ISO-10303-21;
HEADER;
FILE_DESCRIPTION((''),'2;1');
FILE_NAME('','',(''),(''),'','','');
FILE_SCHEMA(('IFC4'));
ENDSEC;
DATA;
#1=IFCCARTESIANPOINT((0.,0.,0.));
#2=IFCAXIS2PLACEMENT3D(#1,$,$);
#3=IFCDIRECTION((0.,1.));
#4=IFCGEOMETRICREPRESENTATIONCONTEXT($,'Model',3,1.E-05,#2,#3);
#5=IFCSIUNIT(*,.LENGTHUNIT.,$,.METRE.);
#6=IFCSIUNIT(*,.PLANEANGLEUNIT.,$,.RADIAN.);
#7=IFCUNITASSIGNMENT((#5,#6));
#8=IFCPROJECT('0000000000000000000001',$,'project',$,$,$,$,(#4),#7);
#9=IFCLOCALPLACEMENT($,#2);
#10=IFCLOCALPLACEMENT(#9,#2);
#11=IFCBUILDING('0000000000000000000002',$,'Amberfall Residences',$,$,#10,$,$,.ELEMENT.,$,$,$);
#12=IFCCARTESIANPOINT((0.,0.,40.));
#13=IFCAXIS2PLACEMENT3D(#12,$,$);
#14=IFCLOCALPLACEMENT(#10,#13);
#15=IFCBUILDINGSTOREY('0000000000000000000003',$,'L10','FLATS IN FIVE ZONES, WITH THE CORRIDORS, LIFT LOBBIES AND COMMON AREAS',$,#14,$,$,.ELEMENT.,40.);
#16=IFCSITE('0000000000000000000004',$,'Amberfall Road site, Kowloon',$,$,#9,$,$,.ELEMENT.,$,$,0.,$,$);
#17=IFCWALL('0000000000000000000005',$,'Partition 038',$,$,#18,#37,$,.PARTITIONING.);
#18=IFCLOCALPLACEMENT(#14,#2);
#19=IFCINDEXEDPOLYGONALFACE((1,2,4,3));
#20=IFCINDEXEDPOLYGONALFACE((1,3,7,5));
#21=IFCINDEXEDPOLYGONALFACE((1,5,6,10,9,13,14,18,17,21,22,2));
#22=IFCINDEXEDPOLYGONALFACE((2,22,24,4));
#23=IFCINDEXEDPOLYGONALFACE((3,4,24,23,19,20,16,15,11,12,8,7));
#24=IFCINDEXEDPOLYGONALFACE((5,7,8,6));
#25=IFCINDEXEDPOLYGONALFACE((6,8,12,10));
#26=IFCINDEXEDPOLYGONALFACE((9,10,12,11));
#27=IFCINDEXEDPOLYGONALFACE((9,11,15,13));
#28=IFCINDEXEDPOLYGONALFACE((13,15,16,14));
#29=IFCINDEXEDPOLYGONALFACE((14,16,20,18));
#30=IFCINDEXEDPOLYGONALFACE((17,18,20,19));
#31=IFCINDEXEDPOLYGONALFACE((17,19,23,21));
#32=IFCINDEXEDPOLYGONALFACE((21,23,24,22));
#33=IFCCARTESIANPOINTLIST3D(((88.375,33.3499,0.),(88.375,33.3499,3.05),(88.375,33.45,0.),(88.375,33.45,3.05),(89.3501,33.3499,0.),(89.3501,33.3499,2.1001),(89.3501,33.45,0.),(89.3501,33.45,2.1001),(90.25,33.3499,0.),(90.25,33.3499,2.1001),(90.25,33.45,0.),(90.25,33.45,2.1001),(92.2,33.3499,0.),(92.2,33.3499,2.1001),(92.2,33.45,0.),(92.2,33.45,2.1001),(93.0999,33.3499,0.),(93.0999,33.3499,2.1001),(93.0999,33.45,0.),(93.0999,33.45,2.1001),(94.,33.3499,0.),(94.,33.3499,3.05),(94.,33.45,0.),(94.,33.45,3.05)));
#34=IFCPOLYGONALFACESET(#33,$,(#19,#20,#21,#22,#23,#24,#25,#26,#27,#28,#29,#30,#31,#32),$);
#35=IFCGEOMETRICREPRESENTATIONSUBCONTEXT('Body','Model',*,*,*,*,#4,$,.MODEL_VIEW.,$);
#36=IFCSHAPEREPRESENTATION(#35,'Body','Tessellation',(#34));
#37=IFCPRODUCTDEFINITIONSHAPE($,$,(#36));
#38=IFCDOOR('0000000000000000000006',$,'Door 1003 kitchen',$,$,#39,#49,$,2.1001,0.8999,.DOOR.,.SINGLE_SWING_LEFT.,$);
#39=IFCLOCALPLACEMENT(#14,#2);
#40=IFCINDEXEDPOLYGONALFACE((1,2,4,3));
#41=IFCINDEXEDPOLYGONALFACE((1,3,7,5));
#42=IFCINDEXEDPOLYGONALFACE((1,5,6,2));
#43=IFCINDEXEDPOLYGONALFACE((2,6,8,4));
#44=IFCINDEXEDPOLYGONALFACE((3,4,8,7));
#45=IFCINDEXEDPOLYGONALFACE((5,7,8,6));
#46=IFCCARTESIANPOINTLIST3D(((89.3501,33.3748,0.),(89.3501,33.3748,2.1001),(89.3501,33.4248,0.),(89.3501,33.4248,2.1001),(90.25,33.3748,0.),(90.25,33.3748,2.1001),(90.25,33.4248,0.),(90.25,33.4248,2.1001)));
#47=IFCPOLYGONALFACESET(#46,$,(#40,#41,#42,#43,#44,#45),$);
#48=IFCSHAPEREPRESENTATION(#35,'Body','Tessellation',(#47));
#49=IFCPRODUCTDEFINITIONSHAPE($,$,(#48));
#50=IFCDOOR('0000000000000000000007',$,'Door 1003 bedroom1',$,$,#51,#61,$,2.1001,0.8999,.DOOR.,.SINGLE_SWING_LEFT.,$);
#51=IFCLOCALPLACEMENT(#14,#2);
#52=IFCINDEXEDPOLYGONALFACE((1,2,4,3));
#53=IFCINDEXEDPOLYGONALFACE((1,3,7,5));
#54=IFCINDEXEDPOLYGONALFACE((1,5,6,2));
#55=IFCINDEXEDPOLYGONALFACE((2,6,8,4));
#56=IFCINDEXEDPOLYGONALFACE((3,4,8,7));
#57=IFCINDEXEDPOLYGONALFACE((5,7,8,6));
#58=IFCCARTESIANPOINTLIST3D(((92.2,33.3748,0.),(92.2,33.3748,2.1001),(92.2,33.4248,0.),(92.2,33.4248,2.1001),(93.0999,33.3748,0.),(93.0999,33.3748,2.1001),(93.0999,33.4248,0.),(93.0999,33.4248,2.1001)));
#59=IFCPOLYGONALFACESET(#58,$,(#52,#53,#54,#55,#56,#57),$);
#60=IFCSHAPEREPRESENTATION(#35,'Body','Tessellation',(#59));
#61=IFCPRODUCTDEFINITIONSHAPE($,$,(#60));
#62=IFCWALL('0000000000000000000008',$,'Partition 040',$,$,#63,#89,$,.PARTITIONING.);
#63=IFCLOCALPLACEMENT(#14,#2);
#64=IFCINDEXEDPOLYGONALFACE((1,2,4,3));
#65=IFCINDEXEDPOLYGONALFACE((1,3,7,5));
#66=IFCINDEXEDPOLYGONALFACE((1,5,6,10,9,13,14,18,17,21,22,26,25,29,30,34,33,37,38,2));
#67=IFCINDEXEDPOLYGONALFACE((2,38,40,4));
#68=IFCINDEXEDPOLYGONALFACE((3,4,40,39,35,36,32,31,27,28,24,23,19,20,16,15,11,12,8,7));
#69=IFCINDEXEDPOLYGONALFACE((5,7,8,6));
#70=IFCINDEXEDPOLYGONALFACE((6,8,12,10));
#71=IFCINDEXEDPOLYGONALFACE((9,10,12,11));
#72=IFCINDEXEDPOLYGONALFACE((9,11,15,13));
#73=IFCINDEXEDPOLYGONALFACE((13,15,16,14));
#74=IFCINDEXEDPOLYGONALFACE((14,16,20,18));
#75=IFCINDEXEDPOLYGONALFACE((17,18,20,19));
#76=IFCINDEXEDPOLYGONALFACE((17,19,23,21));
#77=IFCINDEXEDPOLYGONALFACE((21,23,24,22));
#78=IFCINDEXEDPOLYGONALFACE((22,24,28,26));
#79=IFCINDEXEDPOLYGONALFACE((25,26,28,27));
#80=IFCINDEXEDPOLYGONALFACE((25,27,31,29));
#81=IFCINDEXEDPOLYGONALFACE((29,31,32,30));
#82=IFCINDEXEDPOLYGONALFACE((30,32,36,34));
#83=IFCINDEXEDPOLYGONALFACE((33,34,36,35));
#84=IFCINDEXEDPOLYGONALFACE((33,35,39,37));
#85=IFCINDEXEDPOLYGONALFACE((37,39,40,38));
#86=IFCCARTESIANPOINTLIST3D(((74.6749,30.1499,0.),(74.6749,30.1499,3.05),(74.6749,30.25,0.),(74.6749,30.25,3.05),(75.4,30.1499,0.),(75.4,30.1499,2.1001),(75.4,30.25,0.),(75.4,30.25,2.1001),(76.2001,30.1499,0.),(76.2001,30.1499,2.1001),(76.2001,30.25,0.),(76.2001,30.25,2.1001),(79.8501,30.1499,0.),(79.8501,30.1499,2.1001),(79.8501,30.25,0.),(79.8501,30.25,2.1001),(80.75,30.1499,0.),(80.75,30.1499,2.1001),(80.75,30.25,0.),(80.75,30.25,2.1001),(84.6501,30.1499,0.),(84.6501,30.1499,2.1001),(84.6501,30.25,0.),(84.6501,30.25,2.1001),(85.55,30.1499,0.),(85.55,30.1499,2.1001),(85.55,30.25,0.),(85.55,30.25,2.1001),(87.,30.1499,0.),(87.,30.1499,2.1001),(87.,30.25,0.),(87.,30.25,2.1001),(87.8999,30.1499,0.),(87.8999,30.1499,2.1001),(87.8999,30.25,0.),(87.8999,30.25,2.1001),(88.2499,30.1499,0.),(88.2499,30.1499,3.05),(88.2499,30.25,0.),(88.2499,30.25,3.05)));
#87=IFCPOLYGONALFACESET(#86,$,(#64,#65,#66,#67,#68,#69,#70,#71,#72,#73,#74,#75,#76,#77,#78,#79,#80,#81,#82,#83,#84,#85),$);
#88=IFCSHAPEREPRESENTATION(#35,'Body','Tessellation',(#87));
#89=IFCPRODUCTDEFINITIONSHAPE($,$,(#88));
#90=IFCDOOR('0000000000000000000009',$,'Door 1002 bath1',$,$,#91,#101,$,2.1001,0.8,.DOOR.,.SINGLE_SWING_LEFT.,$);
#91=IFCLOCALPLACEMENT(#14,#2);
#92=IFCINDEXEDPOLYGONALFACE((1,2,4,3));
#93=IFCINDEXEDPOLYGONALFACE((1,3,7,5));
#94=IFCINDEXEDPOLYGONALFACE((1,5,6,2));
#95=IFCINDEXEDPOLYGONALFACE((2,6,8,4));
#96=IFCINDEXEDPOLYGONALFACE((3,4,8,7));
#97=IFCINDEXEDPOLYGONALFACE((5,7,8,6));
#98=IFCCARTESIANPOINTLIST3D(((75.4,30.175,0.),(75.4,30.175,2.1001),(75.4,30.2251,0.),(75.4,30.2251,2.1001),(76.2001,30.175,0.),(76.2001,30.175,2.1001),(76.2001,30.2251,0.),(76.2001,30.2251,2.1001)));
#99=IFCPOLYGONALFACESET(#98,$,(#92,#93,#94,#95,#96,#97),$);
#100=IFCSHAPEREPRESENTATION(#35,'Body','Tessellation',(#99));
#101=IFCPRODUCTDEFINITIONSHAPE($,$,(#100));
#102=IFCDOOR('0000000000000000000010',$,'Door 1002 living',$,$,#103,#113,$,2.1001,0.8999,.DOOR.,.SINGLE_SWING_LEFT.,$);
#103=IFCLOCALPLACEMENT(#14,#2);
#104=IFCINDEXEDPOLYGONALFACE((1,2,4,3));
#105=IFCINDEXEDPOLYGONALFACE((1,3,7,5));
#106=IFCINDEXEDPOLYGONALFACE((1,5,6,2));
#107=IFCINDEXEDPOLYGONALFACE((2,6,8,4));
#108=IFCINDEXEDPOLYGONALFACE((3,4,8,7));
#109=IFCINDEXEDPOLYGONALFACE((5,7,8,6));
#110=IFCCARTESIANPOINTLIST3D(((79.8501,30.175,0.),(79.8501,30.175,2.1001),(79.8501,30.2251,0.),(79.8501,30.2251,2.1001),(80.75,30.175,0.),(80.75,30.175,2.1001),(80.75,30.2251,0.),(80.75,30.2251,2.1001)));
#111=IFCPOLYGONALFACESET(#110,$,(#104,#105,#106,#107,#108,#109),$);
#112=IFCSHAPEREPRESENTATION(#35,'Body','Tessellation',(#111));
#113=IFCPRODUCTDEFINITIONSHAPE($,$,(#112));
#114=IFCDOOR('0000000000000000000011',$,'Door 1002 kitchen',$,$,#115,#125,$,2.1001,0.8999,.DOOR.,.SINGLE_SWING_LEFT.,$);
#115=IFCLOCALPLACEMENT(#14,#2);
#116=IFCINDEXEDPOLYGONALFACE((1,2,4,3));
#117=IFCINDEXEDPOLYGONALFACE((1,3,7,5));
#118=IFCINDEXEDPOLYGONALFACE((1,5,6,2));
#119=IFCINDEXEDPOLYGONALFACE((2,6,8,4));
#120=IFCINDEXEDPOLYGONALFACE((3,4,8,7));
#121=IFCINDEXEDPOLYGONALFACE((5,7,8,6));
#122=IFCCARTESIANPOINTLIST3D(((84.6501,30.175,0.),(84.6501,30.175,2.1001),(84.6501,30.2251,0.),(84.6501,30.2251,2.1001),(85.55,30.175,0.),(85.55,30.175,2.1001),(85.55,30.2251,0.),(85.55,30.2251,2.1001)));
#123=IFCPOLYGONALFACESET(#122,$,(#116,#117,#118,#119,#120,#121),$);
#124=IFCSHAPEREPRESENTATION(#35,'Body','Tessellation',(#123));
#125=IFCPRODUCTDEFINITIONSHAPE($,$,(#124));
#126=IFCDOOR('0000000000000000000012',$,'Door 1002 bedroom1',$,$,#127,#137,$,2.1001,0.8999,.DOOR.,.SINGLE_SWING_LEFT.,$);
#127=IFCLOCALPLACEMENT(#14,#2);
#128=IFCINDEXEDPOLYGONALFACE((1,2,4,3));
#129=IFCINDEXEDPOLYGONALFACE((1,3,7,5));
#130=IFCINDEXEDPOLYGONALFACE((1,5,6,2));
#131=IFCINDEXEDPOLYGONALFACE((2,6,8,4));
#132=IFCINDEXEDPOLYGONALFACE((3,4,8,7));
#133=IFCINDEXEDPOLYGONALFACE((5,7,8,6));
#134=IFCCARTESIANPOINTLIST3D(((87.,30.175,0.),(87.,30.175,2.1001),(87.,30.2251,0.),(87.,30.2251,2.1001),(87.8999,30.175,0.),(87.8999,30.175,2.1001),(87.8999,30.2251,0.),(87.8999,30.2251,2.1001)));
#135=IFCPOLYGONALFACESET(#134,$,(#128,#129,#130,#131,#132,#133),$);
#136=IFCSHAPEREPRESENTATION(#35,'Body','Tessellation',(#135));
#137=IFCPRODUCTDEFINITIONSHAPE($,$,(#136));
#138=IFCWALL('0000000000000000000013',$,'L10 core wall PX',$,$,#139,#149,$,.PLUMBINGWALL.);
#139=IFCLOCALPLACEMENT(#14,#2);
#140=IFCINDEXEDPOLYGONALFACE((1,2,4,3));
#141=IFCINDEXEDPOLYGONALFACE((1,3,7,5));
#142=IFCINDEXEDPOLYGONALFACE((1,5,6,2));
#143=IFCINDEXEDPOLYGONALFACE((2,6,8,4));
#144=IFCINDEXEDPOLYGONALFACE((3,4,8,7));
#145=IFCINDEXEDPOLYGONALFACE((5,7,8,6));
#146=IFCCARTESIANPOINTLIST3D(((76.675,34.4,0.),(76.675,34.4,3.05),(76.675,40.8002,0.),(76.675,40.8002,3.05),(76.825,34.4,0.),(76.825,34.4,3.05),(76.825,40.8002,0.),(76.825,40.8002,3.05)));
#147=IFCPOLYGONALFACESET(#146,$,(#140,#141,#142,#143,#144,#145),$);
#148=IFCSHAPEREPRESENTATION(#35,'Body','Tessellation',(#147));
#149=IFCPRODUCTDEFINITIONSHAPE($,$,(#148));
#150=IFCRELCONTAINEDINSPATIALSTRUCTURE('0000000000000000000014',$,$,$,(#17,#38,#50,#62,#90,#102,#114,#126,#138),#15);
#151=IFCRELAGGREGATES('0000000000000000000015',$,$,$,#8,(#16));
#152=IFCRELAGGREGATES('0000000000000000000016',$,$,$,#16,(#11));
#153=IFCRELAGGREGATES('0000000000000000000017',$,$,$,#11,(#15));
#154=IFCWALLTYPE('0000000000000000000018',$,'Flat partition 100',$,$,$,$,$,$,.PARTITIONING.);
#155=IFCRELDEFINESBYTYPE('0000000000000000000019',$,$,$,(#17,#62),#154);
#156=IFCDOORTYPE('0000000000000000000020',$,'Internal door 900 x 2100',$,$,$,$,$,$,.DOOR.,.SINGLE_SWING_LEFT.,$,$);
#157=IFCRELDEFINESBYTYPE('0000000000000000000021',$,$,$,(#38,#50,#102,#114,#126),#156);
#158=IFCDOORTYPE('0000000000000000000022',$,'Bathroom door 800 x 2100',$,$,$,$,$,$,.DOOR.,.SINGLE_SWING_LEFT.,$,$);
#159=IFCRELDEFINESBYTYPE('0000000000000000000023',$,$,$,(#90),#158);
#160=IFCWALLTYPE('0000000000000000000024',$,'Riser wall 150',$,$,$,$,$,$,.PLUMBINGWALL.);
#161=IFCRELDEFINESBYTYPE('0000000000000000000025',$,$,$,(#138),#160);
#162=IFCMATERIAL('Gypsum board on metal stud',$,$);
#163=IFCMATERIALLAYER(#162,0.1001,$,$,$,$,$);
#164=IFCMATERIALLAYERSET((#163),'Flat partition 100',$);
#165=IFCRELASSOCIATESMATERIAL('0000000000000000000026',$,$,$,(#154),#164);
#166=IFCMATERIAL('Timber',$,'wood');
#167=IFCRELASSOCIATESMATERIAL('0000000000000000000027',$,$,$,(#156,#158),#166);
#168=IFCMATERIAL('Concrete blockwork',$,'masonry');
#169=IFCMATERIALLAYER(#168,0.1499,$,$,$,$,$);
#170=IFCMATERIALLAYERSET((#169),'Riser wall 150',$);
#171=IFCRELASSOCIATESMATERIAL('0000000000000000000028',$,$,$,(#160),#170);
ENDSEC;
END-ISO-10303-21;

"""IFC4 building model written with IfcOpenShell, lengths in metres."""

from ifc_helpers import new_model, si_unit, direction, frame, frame_2d, origin, place, context, subcontext, project, spatial, rectangle, extrude, material, layer, layer_set, type_object, element, fill, save


model = new_model("IFC4")

# Units and contexts
model_context = context("Model", 3, precision=1e-05, world=origin(), true_north=direction((0.0, 1.0)))
body_context = subcontext(model_context, "Body", "Model", "MODEL_VIEW")
ifc_project = project(units=[si_unit("LENGTHUNIT", "METRE"), si_unit("PLANEANGLEUNIT", "RADIAN")], contexts=[model_context])

# Site, building, storey
site_placement = place(None, origin())
site = spatial("IfcSite", under=ifc_project, at=site_placement, Name="Amberfall Road site, Kowloon", CompositionType="ELEMENT", RefElevation=0.0)
building_placement = place(site_placement, origin())
building = spatial("IfcBuilding", under=site, at=building_placement, Name="Amberfall Residences", CompositionType="ELEMENT")
storey_placement = place(building_placement, frame((0.0, 0.0, 40.0)))
storey = spatial("IfcBuildingStorey", under=building, at=storey_placement, Name="L10", Description="FLATS IN FIVE ZONES, WITH THE CORRIDORS, LIFT LOBBIES AND COMMON AREAS", CompositionType="ELEMENT", Elevation=40.0)

# Shared definitions
ifc_material_1 = material(Name="Gypsum board on metal stud")
ifc_layer_1 = layer(ifc_material_1, 0.1001)
ifc_layer_set_1 = layer_set([ifc_layer_1], Name="Flat partition 100")
wall_type_1 = type_object("IfcWallType", Name="Flat partition 100", PredefinedType="PARTITIONING", material=ifc_layer_set_1)

# Walls, openings, doors
wall_1_placement = place(storey_placement, frame((88.375, 33.3999, 0.0), z_axis=(0.0, 0.0, 1.0), x_axis=(1.0, 0.0, 0.0)))
wall_1 = element("IfcWall", 1, at=wall_1_placement, inside=storey, type_object=wall_type_1, Name="Partition 038", PredefinedType="PARTITIONING", context=body_context, shape_type="SweptSolid", body=[
    extrude(rectangle(XDim=5.625, YDim=0.1001, at=frame_2d((2.8125, 0.0))), origin(), (0.0, 0.0, 1.0), 3.05),
])
opening_1_placement = place(wall_1_placement, frame((0.9751, 0.0, 0.0)))
opening_1 = element("IfcOpeningElement", 2, at=opening_1_placement, cuts=wall_1, PredefinedType="OPENING", context=body_context, shape_type="SweptSolid", body=[
    extrude(rectangle(XDim=0.8999, YDim=2.1001, at=frame_2d((0.45, 1.05))), frame((0.0, 0.0601, 0.0), z_axis=(0.0, -1.0, 0.0), x_axis=(1.0, 0.0, 0.0)), (0.0, 0.0, 1.0), 0.1201),
])
opening_2_placement = place(wall_1_placement, frame((3.825, 0.0, 0.0)))
opening_2 = element("IfcOpeningElement", 3, at=opening_2_placement, cuts=wall_1, PredefinedType="OPENING", context=body_context, shape_type="SweptSolid", body=[
    extrude(rectangle(XDim=0.8999, YDim=2.1001, at=frame_2d((0.45, 1.05))), frame((0.0, 0.0601, 0.0), z_axis=(0.0, -1.0, 0.0), x_axis=(1.0, 0.0, 0.0)), (0.0, 0.0, 1.0), 0.1201),
])
ifc_material_2 = material(Name="Timber", Category="wood")
door_type_1 = type_object("IfcDoorType", Name="Internal door 900 x 2100", OperationType="SINGLE_SWING_LEFT", PredefinedType="DOOR", material=ifc_material_2)
door_1_placement = place(opening_1_placement, origin())
door_1 = element("IfcDoor", 4, at=door_1_placement, inside=storey, type_object=door_type_1, Name="Door 1003 kitchen", OperationType="SINGLE_SWING_LEFT", OverallHeight=2.1001, OverallWidth=0.8999, PredefinedType="DOOR", context=body_context, shape_type="SweptSolid", body=[
    extrude(rectangle(XDim=0.8999, YDim=2.1001, at=frame_2d((0.45, 1.05))), frame((0.0, 0.0249, 0.0), z_axis=(0.0, -1.0, 0.0), x_axis=(1.0, 0.0, 0.0)), (0.0, 0.0, 1.0), 0.05),
])
fill(opening_1, door_1)
door_2_placement = place(opening_2_placement, origin())
door_2 = element("IfcDoor", 5, at=door_2_placement, inside=storey, type_object=door_type_1, Name="Door 1003 bedroom1", OperationType="SINGLE_SWING_LEFT", OverallHeight=2.1001, OverallWidth=0.8999, PredefinedType="DOOR", context=body_context, shape_type="SweptSolid", body=[
    extrude(rectangle(XDim=0.8999, YDim=2.1001, at=frame_2d((0.45, 1.05))), frame((0.0, 0.0249, 0.0), z_axis=(0.0, -1.0, 0.0), x_axis=(1.0, 0.0, 0.0)), (0.0, 0.0, 1.0), 0.05),
])
fill(opening_2, door_2)
wall_2_placement = place(storey_placement, frame((88.25, 30.2, 0.0), z_axis=(0.0, 0.0, 1.0), x_axis=(-1.0, 0.0, 0.0)))
wall_2 = element("IfcWall", 6, at=wall_2_placement, inside=storey, type_object=wall_type_1, Name="Partition 040", PredefinedType="PARTITIONING", context=body_context, shape_type="SweptSolid", body=[
    extrude(rectangle(XDim=13.575, YDim=0.1001, at=frame_2d((6.7876, 0.0))), origin(), (0.0, 0.0, 1.0), 3.05),
])
opening_3_placement = place(wall_2_placement, frame((7.5, 0.0, 0.0)))
opening_3 = element("IfcOpeningElement", 7, at=opening_3_placement, cuts=wall_2, PredefinedType="OPENING", context=body_context, shape_type="SweptSolid", body=[
    extrude(rectangle(XDim=0.8999, YDim=2.1001, at=frame_2d((0.45, 1.05))), frame((0.0, 0.0601, 0.0), z_axis=(0.0, -1.0, 0.0), x_axis=(1.0, 0.0, 0.0)), (0.0, 0.0, 1.0), 0.1201),
])
opening_4_placement = place(wall_2_placement, frame((2.7, 0.0, 0.0)))
opening_4 = element("IfcOpeningElement", 8, at=opening_4_placement, cuts=wall_2, PredefinedType="OPENING", context=body_context, shape_type="SweptSolid", body=[
    extrude(rectangle(XDim=0.8999, YDim=2.1001, at=frame_2d((0.45, 1.05))), frame((0.0, 0.0601, 0.0), z_axis=(0.0, -1.0, 0.0), x_axis=(1.0, 0.0, 0.0)), (0.0, 0.0, 1.0), 0.1201),
])
opening_5_placement = place(wall_2_placement, frame((0.3501, 0.0, 0.0)))
opening_5 = element("IfcOpeningElement", 9, at=opening_5_placement, cuts=wall_2, PredefinedType="OPENING", context=body_context, shape_type="SweptSolid", body=[
    extrude(rectangle(XDim=0.8999, YDim=2.1001, at=frame_2d((0.45, 1.05))), frame((0.0, 0.0601, 0.0), z_axis=(0.0, -1.0, 0.0), x_axis=(1.0, 0.0, 0.0)), (0.0, 0.0, 1.0), 0.1201),
])
opening_6_placement = place(wall_2_placement, frame((12.05, 0.0, 0.0)))
opening_6 = element("IfcOpeningElement", 10, at=opening_6_placement, cuts=wall_2, PredefinedType="OPENING", context=body_context, shape_type="SweptSolid", body=[
    extrude(rectangle(XDim=0.8, YDim=2.1001, at=frame_2d((0.3999, 1.05))), frame((0.0, 0.0601, 0.0), z_axis=(0.0, -1.0, 0.0), x_axis=(1.0, 0.0, 0.0)), (0.0, 0.0, 1.0), 0.1201),
])
door_type_2 = type_object("IfcDoorType", Name="Bathroom door 800 x 2100", OperationType="SINGLE_SWING_LEFT", PredefinedType="DOOR", material=ifc_material_2)
door_3_placement = place(opening_6_placement, origin())
door_3 = element("IfcDoor", 11, at=door_3_placement, inside=storey, type_object=door_type_2, Name="Door 1002 bath1", OperationType="SINGLE_SWING_LEFT", OverallHeight=2.1001, OverallWidth=0.8, PredefinedType="DOOR", context=body_context, shape_type="SweptSolid", body=[
    extrude(rectangle(XDim=0.8, YDim=2.1001, at=frame_2d((0.3999, 1.05))), frame((0.0, 0.0249, 0.0), z_axis=(0.0, -1.0, 0.0), x_axis=(1.0, 0.0, 0.0)), (0.0, 0.0, 1.0), 0.05),
])
fill(opening_6, door_3)
door_4_placement = place(opening_3_placement, origin())
door_4 = element("IfcDoor", 12, at=door_4_placement, inside=storey, type_object=door_type_1, Name="Door 1002 living", OperationType="SINGLE_SWING_LEFT", OverallHeight=2.1001, OverallWidth=0.8999, PredefinedType="DOOR", context=body_context, shape_type="SweptSolid", body=[
    extrude(rectangle(XDim=0.8999, YDim=2.1001, at=frame_2d((0.45, 1.05))), frame((0.0, 0.0249, 0.0), z_axis=(0.0, -1.0, 0.0), x_axis=(1.0, 0.0, 0.0)), (0.0, 0.0, 1.0), 0.05),
])
fill(opening_3, door_4)
door_5_placement = place(opening_4_placement, origin())
door_5 = element("IfcDoor", 13, at=door_5_placement, inside=storey, type_object=door_type_1, Name="Door 1002 kitchen", OperationType="SINGLE_SWING_LEFT", OverallHeight=2.1001, OverallWidth=0.8999, PredefinedType="DOOR", context=body_context, shape_type="SweptSolid", body=[
    extrude(rectangle(XDim=0.8999, YDim=2.1001, at=frame_2d((0.45, 1.05))), frame((0.0, 0.0249, 0.0), z_axis=(0.0, -1.0, 0.0), x_axis=(1.0, 0.0, 0.0)), (0.0, 0.0, 1.0), 0.05),
])
fill(opening_4, door_5)
door_6_placement = place(opening_5_placement, origin())
door_6 = element("IfcDoor", 14, at=door_6_placement, inside=storey, type_object=door_type_1, Name="Door 1002 bedroom1", OperationType="SINGLE_SWING_LEFT", OverallHeight=2.1001, OverallWidth=0.8999, PredefinedType="DOOR", context=body_context, shape_type="SweptSolid", body=[
    extrude(rectangle(XDim=0.8999, YDim=2.1001, at=frame_2d((0.45, 1.05))), frame((0.0, 0.0249, 0.0), z_axis=(0.0, -1.0, 0.0), x_axis=(1.0, 0.0, 0.0)), (0.0, 0.0, 1.0), 0.05),
])
fill(opening_5, door_6)

# Wall
ifc_material_3 = material(Name="Concrete blockwork", Category="masonry")
ifc_layer_2 = layer(ifc_material_3, 0.1499)
ifc_layer_set_2 = layer_set([ifc_layer_2], Name="Riser wall 150")
wall_type_2 = type_object("IfcWallType", Name="Riser wall 150", PredefinedType="PLUMBINGWALL", material=ifc_layer_set_2)
wall_3_placement = place(storey_placement, frame((76.75, 34.3999, 0.0), z_axis=(0.0, 0.0, 1.0), x_axis=(0.0, 1.0, 0.0)))
element("IfcWall", 15, at=wall_3_placement, inside=storey, type_object=wall_type_2, Name="L10 core wall PX", PredefinedType="PLUMBINGWALL", context=body_context, shape_type="SweptSolid", body=[
    extrude(rectangle(XDim=6.4001, YDim=0.1499, at=frame_2d((3.2002, 0.0))), origin(), (0.0, 0.0, 1.0), 3.05),
])

save(model, "model.ifc")
